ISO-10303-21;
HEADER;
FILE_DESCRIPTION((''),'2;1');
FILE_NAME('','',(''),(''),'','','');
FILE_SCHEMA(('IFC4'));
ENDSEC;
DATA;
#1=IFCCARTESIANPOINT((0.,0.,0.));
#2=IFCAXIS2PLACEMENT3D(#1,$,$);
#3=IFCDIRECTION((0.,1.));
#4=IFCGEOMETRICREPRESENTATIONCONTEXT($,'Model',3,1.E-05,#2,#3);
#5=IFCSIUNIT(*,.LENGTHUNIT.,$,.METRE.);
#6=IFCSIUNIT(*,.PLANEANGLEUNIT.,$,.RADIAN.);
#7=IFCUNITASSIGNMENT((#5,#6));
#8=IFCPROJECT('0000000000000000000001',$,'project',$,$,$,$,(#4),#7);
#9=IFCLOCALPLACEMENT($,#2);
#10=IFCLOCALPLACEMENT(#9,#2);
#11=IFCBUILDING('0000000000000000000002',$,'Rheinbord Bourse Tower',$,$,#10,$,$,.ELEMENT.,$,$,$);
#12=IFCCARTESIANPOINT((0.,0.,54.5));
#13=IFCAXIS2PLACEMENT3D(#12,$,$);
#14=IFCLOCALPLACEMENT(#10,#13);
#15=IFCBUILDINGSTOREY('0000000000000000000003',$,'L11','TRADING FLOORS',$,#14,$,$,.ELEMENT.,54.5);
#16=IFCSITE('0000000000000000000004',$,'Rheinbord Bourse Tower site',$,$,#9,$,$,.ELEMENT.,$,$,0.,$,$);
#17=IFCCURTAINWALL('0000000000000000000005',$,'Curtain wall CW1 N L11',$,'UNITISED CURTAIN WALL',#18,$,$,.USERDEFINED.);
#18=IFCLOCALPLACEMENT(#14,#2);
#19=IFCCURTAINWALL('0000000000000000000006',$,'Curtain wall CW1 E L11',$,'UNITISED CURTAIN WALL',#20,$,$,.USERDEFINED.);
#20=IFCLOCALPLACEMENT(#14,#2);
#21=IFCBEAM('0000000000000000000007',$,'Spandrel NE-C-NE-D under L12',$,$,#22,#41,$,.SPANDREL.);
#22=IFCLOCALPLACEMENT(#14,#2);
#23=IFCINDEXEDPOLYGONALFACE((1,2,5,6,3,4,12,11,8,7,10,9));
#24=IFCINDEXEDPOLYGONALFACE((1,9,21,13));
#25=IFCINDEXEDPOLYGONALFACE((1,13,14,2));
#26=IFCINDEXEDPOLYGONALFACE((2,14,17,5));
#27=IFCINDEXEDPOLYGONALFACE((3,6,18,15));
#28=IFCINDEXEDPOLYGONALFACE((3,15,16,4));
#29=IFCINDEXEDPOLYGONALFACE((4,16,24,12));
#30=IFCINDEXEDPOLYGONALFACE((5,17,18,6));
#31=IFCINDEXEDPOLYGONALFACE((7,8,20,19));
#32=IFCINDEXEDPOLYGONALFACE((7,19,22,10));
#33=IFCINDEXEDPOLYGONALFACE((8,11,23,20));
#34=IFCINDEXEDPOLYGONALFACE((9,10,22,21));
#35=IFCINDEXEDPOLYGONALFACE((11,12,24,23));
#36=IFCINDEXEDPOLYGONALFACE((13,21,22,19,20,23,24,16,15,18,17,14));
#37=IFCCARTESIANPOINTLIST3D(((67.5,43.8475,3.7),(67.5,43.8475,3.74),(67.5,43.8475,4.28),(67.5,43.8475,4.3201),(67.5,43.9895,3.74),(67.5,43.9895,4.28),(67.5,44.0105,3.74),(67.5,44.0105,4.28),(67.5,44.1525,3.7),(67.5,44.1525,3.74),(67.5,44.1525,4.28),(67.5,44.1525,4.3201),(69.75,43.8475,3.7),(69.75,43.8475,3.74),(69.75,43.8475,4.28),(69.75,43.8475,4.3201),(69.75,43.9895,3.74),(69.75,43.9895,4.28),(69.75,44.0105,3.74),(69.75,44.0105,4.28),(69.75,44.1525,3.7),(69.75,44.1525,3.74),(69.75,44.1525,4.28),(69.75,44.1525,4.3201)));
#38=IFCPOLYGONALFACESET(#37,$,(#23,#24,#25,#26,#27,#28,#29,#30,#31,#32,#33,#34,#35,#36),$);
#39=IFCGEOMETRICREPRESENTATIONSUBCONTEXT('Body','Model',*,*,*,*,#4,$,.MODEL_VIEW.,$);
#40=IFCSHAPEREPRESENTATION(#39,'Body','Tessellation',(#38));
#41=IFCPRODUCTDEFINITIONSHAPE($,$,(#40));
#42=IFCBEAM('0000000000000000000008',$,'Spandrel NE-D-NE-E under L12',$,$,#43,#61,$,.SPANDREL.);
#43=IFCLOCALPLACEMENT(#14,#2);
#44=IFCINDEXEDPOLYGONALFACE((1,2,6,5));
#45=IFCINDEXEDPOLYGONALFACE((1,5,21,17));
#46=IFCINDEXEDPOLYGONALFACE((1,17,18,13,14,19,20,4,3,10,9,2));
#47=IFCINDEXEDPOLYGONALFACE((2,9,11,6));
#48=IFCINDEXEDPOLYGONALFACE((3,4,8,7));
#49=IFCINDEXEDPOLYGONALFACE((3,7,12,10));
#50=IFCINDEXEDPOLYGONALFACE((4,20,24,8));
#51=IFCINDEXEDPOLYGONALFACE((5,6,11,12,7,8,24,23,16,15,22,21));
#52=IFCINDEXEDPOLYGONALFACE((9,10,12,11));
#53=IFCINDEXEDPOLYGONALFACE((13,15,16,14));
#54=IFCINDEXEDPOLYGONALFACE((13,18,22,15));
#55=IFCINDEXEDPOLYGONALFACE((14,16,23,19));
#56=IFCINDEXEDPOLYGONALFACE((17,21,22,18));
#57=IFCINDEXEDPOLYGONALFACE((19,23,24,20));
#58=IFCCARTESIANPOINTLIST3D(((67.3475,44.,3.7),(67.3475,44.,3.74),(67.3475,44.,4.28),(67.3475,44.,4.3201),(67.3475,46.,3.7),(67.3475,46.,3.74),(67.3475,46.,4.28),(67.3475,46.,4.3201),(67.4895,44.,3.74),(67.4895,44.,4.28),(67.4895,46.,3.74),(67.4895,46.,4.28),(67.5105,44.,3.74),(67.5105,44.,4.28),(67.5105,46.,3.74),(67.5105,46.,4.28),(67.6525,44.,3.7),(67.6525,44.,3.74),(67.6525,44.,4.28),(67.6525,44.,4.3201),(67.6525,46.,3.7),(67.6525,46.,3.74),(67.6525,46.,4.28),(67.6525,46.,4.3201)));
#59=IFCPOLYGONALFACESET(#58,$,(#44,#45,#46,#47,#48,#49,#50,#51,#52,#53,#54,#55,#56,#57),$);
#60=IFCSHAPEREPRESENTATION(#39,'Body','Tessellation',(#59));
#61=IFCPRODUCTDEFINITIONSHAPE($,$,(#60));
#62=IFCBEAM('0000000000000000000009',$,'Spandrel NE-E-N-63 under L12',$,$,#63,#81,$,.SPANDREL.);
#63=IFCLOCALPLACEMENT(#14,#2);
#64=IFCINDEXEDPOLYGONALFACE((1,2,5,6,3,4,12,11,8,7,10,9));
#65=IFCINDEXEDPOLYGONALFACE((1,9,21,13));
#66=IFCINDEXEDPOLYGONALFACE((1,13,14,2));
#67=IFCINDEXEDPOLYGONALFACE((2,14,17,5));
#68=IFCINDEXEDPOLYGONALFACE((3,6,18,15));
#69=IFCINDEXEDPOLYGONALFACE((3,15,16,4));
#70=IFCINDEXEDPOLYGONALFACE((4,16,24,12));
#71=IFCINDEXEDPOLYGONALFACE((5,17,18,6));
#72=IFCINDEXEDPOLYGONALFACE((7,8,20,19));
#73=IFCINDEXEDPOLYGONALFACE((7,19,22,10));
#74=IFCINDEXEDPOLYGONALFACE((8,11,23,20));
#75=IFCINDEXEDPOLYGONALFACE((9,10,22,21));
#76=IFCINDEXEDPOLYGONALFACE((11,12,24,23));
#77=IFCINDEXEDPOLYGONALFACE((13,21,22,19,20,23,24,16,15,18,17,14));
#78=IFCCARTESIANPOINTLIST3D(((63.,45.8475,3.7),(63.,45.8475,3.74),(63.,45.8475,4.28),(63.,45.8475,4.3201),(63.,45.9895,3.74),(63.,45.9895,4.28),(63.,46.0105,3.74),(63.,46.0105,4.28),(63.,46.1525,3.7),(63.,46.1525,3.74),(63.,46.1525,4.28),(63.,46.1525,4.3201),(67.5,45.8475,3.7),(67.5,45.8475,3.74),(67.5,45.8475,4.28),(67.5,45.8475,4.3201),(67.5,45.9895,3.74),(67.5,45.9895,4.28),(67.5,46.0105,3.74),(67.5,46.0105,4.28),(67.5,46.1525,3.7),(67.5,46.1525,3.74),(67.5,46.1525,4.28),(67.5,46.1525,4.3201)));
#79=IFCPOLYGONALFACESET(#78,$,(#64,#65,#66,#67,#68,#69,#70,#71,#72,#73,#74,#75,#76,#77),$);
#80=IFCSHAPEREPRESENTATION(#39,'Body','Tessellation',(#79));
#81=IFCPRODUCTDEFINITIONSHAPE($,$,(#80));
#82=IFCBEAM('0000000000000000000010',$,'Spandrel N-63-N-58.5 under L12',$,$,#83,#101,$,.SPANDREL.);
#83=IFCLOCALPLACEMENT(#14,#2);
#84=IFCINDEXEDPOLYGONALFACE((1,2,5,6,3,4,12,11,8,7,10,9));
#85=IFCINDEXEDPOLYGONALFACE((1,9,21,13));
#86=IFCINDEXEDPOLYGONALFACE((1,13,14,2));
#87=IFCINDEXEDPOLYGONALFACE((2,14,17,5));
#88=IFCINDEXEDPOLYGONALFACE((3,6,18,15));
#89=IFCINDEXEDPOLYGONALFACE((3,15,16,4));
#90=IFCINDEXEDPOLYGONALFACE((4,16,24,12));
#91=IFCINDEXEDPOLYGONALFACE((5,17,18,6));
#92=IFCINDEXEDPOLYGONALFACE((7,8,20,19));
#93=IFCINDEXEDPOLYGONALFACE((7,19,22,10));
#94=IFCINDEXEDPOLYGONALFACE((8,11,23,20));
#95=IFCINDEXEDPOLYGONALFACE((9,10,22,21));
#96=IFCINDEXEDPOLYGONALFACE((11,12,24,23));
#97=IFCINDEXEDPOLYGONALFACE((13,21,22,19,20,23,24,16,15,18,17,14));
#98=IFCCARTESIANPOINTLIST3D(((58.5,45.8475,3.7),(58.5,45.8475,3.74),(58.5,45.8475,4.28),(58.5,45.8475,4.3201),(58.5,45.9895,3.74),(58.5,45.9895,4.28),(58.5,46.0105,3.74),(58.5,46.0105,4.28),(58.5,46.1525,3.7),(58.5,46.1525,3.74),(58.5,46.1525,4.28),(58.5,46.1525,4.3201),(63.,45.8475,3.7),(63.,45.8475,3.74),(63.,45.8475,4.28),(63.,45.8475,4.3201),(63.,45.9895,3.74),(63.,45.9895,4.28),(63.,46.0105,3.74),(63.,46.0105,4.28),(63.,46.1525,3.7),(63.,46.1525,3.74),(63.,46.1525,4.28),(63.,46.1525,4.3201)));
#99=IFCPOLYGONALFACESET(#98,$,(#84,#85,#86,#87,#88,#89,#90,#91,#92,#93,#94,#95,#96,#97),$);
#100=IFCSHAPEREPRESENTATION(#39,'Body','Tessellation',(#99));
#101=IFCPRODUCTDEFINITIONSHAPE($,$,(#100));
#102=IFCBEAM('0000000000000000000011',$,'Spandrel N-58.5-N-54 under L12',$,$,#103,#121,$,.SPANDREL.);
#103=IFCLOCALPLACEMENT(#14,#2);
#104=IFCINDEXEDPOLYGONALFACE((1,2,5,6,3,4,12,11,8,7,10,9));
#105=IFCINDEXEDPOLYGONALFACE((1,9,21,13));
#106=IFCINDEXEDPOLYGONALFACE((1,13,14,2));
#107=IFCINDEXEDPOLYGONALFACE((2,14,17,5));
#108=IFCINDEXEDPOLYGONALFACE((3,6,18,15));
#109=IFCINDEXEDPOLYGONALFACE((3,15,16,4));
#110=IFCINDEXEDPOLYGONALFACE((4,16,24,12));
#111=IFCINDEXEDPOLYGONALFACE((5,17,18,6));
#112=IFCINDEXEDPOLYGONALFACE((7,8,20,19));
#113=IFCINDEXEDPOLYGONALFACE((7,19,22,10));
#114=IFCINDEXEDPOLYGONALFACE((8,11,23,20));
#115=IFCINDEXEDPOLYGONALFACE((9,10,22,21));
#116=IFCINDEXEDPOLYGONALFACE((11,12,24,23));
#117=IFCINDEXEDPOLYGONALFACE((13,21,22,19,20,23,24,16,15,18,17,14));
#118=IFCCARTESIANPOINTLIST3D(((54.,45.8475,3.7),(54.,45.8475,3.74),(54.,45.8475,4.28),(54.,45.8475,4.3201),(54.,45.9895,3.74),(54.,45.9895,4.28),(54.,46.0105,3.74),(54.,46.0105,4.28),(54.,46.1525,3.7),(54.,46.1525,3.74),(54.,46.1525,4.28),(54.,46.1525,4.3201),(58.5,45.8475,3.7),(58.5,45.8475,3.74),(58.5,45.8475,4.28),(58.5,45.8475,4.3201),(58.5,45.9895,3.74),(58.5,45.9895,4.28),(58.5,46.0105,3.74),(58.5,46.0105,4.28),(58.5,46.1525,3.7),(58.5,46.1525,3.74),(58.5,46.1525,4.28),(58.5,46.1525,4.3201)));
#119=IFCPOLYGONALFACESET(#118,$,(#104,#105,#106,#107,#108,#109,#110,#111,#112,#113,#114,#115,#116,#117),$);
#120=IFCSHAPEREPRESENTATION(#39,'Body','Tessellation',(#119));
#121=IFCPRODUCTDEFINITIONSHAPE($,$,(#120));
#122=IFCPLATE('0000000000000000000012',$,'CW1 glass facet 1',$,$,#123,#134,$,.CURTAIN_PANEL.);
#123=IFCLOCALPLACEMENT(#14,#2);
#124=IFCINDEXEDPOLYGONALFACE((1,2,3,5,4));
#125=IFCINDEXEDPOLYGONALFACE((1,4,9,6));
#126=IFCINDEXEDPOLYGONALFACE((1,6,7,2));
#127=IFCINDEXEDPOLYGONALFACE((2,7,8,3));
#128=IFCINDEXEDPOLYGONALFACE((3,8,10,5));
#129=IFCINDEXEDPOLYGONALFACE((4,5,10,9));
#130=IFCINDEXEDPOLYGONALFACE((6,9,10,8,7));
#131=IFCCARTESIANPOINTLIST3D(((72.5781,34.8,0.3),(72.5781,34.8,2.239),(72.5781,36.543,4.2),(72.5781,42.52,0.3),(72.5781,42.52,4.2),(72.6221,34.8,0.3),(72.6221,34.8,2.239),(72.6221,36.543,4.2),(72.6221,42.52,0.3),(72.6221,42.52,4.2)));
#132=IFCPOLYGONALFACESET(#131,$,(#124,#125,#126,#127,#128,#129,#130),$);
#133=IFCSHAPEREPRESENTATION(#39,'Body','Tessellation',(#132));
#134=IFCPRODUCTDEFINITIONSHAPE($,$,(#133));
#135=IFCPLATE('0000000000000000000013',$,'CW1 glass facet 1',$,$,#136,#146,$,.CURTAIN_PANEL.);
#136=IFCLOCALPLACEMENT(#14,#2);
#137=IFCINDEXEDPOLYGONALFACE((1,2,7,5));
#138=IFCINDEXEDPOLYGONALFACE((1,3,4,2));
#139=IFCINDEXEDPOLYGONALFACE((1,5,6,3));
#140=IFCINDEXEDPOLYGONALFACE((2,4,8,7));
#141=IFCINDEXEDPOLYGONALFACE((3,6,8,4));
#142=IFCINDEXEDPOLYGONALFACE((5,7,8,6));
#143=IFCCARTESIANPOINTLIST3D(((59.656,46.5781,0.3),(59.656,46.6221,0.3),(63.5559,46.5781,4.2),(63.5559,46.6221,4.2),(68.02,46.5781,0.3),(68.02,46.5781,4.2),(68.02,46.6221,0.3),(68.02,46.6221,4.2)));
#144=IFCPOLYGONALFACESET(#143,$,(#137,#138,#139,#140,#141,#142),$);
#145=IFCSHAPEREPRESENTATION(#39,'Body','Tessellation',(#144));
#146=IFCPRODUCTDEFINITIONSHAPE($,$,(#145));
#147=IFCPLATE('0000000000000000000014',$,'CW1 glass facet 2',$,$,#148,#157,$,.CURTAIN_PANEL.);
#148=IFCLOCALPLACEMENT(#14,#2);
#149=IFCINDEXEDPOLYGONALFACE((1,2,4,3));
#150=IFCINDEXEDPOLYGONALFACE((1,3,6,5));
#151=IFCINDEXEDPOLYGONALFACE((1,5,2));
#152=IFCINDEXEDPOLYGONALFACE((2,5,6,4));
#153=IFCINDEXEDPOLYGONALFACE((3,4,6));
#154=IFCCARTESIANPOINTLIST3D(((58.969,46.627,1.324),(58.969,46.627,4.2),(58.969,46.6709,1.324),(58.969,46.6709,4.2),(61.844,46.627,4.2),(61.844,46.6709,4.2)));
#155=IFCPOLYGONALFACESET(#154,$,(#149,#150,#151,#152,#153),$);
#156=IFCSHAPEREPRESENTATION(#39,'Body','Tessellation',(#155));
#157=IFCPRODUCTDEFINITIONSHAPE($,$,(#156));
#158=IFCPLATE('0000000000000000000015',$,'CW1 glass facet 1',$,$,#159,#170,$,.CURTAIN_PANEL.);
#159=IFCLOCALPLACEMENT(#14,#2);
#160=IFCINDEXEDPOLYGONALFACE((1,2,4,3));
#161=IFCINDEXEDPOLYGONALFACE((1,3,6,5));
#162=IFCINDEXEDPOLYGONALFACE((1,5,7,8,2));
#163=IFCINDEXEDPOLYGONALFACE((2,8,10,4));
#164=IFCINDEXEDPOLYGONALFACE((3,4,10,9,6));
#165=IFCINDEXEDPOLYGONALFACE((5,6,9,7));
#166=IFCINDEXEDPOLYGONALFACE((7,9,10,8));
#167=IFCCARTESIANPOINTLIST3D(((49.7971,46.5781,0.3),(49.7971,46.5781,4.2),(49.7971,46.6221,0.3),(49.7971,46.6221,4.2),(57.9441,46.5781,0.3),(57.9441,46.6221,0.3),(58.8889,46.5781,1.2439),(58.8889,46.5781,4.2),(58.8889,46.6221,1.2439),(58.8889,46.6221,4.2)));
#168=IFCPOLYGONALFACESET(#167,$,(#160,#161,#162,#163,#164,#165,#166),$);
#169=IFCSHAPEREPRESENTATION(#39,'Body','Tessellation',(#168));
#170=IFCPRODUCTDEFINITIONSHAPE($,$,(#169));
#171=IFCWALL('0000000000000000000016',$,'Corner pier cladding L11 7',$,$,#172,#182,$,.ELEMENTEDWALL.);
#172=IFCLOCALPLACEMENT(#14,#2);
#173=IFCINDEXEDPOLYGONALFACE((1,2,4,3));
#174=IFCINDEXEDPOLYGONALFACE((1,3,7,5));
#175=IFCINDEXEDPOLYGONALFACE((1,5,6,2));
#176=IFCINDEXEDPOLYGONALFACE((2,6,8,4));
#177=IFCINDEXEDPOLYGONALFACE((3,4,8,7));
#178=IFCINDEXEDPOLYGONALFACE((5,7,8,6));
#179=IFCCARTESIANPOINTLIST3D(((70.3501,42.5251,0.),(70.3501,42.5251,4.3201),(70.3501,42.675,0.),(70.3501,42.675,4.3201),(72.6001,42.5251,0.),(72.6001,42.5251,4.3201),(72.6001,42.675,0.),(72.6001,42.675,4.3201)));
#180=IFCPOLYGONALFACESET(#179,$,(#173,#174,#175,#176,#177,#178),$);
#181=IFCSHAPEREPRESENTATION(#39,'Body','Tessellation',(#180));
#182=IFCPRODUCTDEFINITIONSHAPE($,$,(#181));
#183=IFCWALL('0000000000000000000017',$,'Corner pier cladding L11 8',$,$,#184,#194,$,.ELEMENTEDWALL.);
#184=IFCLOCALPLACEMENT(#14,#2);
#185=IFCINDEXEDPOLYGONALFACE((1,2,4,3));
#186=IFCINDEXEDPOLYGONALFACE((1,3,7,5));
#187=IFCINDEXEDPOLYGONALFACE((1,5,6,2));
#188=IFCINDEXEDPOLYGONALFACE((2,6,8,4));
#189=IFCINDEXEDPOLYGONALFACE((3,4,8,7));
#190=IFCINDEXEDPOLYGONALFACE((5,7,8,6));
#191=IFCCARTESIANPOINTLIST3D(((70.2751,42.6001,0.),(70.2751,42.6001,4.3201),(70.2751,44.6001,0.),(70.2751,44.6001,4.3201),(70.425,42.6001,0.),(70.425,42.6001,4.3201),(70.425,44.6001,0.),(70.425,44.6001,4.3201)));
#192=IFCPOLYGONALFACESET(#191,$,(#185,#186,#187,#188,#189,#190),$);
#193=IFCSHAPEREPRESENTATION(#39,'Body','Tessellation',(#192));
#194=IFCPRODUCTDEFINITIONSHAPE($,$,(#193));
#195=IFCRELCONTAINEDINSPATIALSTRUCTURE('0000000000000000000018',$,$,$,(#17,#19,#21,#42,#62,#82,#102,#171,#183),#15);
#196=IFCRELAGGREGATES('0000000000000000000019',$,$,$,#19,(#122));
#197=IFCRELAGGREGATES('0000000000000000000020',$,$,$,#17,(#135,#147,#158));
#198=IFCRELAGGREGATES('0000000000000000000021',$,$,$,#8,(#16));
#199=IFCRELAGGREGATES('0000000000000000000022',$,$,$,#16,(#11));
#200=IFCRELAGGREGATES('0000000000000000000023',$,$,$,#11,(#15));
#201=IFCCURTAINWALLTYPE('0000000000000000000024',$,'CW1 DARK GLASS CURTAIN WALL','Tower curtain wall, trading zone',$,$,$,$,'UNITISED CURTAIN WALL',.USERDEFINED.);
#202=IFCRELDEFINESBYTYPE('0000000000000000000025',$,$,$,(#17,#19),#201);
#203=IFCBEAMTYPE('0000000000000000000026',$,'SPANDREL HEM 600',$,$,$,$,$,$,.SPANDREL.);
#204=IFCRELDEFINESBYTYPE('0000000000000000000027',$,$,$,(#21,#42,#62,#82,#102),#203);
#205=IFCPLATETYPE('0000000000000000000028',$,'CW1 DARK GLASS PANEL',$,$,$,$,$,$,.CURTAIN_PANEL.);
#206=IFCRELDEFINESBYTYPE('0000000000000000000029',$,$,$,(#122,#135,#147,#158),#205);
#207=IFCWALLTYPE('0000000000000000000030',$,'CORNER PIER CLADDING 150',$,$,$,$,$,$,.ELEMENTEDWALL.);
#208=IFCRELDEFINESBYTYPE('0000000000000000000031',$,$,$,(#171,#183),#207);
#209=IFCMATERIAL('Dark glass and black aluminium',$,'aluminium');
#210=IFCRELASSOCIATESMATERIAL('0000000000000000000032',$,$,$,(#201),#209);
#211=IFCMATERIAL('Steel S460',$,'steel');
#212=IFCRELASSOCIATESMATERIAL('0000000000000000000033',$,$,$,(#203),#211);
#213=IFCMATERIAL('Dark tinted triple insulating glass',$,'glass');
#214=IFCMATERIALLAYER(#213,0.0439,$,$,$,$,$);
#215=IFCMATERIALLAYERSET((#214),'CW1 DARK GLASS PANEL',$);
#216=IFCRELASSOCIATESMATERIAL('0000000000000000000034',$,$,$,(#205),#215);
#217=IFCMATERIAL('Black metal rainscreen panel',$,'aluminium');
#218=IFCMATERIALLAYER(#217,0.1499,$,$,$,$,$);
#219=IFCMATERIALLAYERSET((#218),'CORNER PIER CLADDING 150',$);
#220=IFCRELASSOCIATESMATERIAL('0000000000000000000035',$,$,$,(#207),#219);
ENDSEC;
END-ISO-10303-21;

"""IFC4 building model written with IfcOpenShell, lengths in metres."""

from ifc_helpers import new_model, si_unit, direction, frame, frame_2d, origin, origin_2d, place, context, subcontext, project, spatial, polyline, rectangle, i_section, outline, extrude, material, layer, layer_set, material_profile, profile_set, type_object, element, aggregate, save


model = new_model("IFC4")

# Units and contexts
model_context = context("Model", 3, precision=1e-05, world=origin(), true_north=direction((0.0, 1.0)))
body_context = subcontext(model_context, "Body", "Model", "MODEL_VIEW")
ifc_project = project(units=[si_unit("LENGTHUNIT", "METRE"), si_unit("PLANEANGLEUNIT", "RADIAN")], contexts=[model_context])

# Site, building, storey
site_placement = place(None, origin())
site = spatial("IfcSite", under=ifc_project, at=site_placement, Name="Rheinbord Bourse Tower site", CompositionType="ELEMENT", RefElevation=0.0)
building_placement = place(site_placement, origin())
building = spatial("IfcBuilding", under=site, at=building_placement, Name="Rheinbord Bourse Tower", CompositionType="ELEMENT")
storey_placement = place(building_placement, frame((0.0, 0.0, 54.5)))
storey = spatial("IfcBuildingStorey", under=building, at=storey_placement, Name="L11", Description="TRADING FLOORS", CompositionType="ELEMENT", Elevation=54.5)

# Curtain walls
ifc_material_1 = material(Name="Dark glass and black aluminium", Category="aluminium")
curtain_wall_type = type_object("IfcCurtainWallType", Name="CW1 DARK GLASS CURTAIN WALL", Description="Tower curtain wall, trading zone", ElementType="UNITISED CURTAIN WALL", PredefinedType="USERDEFINED", material=ifc_material_1)
curtain_wall_1_placement = place(storey_placement, origin())
curtain_wall_1 = element("IfcCurtainWall", 1, at=curtain_wall_1_placement, inside=storey, type_object=curtain_wall_type, Name="Curtain wall CW1 N L11", ObjectType="UNITISED CURTAIN WALL", PredefinedType="USERDEFINED")
curtain_wall_2_placement = place(storey_placement, origin())
curtain_wall_2 = element("IfcCurtainWall", 2, at=curtain_wall_2_placement, inside=storey, type_object=curtain_wall_type, Name="Curtain wall CW1 E L11", ObjectType="UNITISED CURTAIN WALL", PredefinedType="USERDEFINED")

# Beams
ifc_material_2 = material(Name="Steel S460", Category="steel")
ifc_material_profile_1 = material_profile(ifc_material_2, i_section(OverallWidth=0.3049, OverallDepth=0.6201, WebThickness=0.021, FlangeThickness=0.04, at=origin_2d()), Name="HEM 600")
ifc_profile_set_1 = profile_set([ifc_material_profile_1], Name="Steel S460")
beam_type_1 = type_object("IfcBeamType", Name="SPANDREL HEM 600", PredefinedType="SPANDREL", material=ifc_profile_set_1)
for number, where, z_axis, x_axis, name in (
    (3, (69.75, 44.0, 4.01), (-1.0, 0.0, 0.0), (0.0, -1.0, 0.0), "Spandrel NE-C-NE-D under L12"),
):
    element("IfcBeam", number, at=place(storey_placement, frame(where, z_axis=z_axis, x_axis=x_axis)), inside=storey, type_object=beam_type_1, Name=name, PredefinedType="SPANDREL", context=body_context, shape_type="SweptSolid", body=[
        extrude(i_section(OverallWidth=0.3049, OverallDepth=0.6201, WebThickness=0.021, FlangeThickness=0.04, at=origin_2d()), origin(), (0.0, 0.0, 1.0), 2.25),
    ])
beam_placement = place(storey_placement, frame((67.5, 44.0, 4.01), z_axis=(0.0, 1.0, 0.0), x_axis=(-1.0, 0.0, 0.0)))
element("IfcBeam", 4, at=beam_placement, inside=storey, type_object=beam_type_1, Name="Spandrel NE-D-NE-E under L12", PredefinedType="SPANDREL", context=body_context, shape_type="SweptSolid", body=[
    extrude(i_section(OverallWidth=0.3049, OverallDepth=0.6201, WebThickness=0.021, FlangeThickness=0.04, at=origin_2d()), origin(), (0.0, 0.0, 1.0), 2.0),
])
for number, where, z_axis, x_axis, name in (
    (5, (67.5, 46.0, 4.01), (-1.0, 0.0, 0.0), (0.0, -1.0, 0.0), "Spandrel NE-E-N-63 under L12"),
    (6, (63.0, 46.0, 4.01), (-1.0, 0.0, 0.0), (0.0, -1.0, 0.0), "Spandrel N-63-N-58.5 under L12"),
    (7, (58.5, 46.0, 4.01), (-1.0, 0.0, 0.0), (0.0, -1.0, 0.0), "Spandrel N-58.5-N-54 under L12"),
):
    element("IfcBeam", number, at=place(storey_placement, frame(where, z_axis=z_axis, x_axis=x_axis)), inside=storey, type_object=beam_type_1, Name=name, PredefinedType="SPANDREL", context=body_context, shape_type="SweptSolid", body=[
        extrude(i_section(OverallWidth=0.3049, OverallDepth=0.6201, WebThickness=0.021, FlangeThickness=0.04, at=origin_2d()), origin(), (0.0, 0.0, 1.0), 4.5),
    ])

# Plates
ifc_material_3 = material(Name="Dark tinted triple insulating glass", Category="glass")
ifc_layer_1 = layer(ifc_material_3, 0.0439)
ifc_layer_set_1 = layer_set([ifc_layer_1], Name="CW1 DARK GLASS PANEL")
plate_type = type_object("IfcPlateType", Name="CW1 DARK GLASS PANEL", PredefinedType="CURTAIN_PANEL", material=ifc_layer_set_1)
plate_1_placement = place(storey_placement, frame((72.6221, 42.52, 4.2), z_axis=(-1.0, 0.0, 0.0), x_axis=(0.0, 0.0, -1.0)))
plate_1 = element("IfcPlate", 8, at=plate_1_placement, type_object=plate_type, Name="CW1 glass facet 1", PredefinedType="CURTAIN_PANEL", context=body_context, shape_type="SweptSolid", body=[
    extrude(outline(polyline([(0.0, 0.0), (3.8999, 0.0), (3.8999, 7.72), (1.9609, 7.72), (0.0, 5.9771), (0.0, 0.0)])), origin(), (0.0, 0.0, 1.0), 0.0439),
])
aggregate(curtain_wall_2, [plate_1])
plate_2_placement = place(storey_placement, frame((68.02, 46.6221, 0.3), z_axis=(0.0, -1.0, 0.0), x_axis=(0.0, 0.0, 1.0)))
plate_2 = element("IfcPlate", 9, at=plate_2_placement, type_object=plate_type, Name="CW1 glass facet 1", PredefinedType="CURTAIN_PANEL", context=body_context, shape_type="SweptSolid", body=[
    extrude(outline(polyline([(0.0, 0.0), (3.8999, 0.0), (3.8999, 4.4641), (0.0, 8.364), (0.0, 0.0)])), origin(), (0.0, 0.0, 1.0), 0.0439),
])
plate_3_placement = place(storey_placement, frame((58.969, 46.6709, 4.2), z_axis=(0.0, -1.0, 0.0), x_axis=(0.0, 0.0, -1.0)))
plate_3 = element("IfcPlate", 10, at=plate_3_placement, type_object=plate_type, Name="CW1 glass facet 2", PredefinedType="CURTAIN_PANEL", context=body_context, shape_type="SweptSolid", body=[
    extrude(outline(polyline([(0.0, 0.0), (2.876, 0.0), (0.0, 2.875), (0.0, 0.0)])), origin(), (0.0, 0.0, 1.0), 0.0439),
])
plate_4_placement = place(storey_placement, frame((58.8889, 46.6221, 4.2), z_axis=(0.0, -1.0, 0.0), x_axis=(-1.0, 0.0, 0.0)))
plate_4 = element("IfcPlate", 11, at=plate_4_placement, type_object=plate_type, Name="CW1 glass facet 1", PredefinedType="CURTAIN_PANEL", context=body_context, shape_type="SweptSolid", body=[
    extrude(outline(polyline([(0.0, 0.0), (9.0918, 0.0), (9.0918, 3.8999), (0.9448, 3.8999), (0.0, 2.9561), (0.0, 0.0)])), origin(), (0.0, 0.0, 1.0), 0.0439),
])
aggregate(curtain_wall_1, [plate_2, plate_3, plate_4])

# Walls
ifc_material_4 = material(Name="Black metal rainscreen panel", Category="aluminium")
ifc_layer_2 = layer(ifc_material_4, 0.1499)
ifc_layer_set_2 = layer_set([ifc_layer_2], Name="CORNER PIER CLADDING 150")
wall_type = type_object("IfcWallType", Name="CORNER PIER CLADDING 150", PredefinedType="ELEMENTEDWALL", material=ifc_layer_set_2)
wall_1_placement = place(storey_placement, frame((72.6001, 42.6001, 0.0), z_axis=(0.0, 0.0, 1.0), x_axis=(-1.0, 0.0, 0.0)))
element("IfcWall", 12, at=wall_1_placement, inside=storey, type_object=wall_type, Name="Corner pier cladding L11 7", PredefinedType="ELEMENTEDWALL", context=body_context, shape_type="SweptSolid", body=[
    extrude(rectangle(XDim=2.25, YDim=0.1499, at=frame_2d((1.125, 0.0))), origin(), (0.0, 0.0, 1.0), 4.3201),
])
wall_2_placement = place(storey_placement, frame((70.3501, 42.6001, 0.0), z_axis=(0.0, 0.0, 1.0), x_axis=(0.0, 1.0, 0.0)))
element("IfcWall", 13, at=wall_2_placement, inside=storey, type_object=wall_type, Name="Corner pier cladding L11 8", PredefinedType="ELEMENTEDWALL", context=body_context, shape_type="SweptSolid", body=[
    extrude(rectangle(XDim=2.0, YDim=0.1499, at=frame_2d((1.0, 0.0))), origin(), (0.0, 0.0, 1.0), 4.3201),
])

save(model, "model.ifc")
